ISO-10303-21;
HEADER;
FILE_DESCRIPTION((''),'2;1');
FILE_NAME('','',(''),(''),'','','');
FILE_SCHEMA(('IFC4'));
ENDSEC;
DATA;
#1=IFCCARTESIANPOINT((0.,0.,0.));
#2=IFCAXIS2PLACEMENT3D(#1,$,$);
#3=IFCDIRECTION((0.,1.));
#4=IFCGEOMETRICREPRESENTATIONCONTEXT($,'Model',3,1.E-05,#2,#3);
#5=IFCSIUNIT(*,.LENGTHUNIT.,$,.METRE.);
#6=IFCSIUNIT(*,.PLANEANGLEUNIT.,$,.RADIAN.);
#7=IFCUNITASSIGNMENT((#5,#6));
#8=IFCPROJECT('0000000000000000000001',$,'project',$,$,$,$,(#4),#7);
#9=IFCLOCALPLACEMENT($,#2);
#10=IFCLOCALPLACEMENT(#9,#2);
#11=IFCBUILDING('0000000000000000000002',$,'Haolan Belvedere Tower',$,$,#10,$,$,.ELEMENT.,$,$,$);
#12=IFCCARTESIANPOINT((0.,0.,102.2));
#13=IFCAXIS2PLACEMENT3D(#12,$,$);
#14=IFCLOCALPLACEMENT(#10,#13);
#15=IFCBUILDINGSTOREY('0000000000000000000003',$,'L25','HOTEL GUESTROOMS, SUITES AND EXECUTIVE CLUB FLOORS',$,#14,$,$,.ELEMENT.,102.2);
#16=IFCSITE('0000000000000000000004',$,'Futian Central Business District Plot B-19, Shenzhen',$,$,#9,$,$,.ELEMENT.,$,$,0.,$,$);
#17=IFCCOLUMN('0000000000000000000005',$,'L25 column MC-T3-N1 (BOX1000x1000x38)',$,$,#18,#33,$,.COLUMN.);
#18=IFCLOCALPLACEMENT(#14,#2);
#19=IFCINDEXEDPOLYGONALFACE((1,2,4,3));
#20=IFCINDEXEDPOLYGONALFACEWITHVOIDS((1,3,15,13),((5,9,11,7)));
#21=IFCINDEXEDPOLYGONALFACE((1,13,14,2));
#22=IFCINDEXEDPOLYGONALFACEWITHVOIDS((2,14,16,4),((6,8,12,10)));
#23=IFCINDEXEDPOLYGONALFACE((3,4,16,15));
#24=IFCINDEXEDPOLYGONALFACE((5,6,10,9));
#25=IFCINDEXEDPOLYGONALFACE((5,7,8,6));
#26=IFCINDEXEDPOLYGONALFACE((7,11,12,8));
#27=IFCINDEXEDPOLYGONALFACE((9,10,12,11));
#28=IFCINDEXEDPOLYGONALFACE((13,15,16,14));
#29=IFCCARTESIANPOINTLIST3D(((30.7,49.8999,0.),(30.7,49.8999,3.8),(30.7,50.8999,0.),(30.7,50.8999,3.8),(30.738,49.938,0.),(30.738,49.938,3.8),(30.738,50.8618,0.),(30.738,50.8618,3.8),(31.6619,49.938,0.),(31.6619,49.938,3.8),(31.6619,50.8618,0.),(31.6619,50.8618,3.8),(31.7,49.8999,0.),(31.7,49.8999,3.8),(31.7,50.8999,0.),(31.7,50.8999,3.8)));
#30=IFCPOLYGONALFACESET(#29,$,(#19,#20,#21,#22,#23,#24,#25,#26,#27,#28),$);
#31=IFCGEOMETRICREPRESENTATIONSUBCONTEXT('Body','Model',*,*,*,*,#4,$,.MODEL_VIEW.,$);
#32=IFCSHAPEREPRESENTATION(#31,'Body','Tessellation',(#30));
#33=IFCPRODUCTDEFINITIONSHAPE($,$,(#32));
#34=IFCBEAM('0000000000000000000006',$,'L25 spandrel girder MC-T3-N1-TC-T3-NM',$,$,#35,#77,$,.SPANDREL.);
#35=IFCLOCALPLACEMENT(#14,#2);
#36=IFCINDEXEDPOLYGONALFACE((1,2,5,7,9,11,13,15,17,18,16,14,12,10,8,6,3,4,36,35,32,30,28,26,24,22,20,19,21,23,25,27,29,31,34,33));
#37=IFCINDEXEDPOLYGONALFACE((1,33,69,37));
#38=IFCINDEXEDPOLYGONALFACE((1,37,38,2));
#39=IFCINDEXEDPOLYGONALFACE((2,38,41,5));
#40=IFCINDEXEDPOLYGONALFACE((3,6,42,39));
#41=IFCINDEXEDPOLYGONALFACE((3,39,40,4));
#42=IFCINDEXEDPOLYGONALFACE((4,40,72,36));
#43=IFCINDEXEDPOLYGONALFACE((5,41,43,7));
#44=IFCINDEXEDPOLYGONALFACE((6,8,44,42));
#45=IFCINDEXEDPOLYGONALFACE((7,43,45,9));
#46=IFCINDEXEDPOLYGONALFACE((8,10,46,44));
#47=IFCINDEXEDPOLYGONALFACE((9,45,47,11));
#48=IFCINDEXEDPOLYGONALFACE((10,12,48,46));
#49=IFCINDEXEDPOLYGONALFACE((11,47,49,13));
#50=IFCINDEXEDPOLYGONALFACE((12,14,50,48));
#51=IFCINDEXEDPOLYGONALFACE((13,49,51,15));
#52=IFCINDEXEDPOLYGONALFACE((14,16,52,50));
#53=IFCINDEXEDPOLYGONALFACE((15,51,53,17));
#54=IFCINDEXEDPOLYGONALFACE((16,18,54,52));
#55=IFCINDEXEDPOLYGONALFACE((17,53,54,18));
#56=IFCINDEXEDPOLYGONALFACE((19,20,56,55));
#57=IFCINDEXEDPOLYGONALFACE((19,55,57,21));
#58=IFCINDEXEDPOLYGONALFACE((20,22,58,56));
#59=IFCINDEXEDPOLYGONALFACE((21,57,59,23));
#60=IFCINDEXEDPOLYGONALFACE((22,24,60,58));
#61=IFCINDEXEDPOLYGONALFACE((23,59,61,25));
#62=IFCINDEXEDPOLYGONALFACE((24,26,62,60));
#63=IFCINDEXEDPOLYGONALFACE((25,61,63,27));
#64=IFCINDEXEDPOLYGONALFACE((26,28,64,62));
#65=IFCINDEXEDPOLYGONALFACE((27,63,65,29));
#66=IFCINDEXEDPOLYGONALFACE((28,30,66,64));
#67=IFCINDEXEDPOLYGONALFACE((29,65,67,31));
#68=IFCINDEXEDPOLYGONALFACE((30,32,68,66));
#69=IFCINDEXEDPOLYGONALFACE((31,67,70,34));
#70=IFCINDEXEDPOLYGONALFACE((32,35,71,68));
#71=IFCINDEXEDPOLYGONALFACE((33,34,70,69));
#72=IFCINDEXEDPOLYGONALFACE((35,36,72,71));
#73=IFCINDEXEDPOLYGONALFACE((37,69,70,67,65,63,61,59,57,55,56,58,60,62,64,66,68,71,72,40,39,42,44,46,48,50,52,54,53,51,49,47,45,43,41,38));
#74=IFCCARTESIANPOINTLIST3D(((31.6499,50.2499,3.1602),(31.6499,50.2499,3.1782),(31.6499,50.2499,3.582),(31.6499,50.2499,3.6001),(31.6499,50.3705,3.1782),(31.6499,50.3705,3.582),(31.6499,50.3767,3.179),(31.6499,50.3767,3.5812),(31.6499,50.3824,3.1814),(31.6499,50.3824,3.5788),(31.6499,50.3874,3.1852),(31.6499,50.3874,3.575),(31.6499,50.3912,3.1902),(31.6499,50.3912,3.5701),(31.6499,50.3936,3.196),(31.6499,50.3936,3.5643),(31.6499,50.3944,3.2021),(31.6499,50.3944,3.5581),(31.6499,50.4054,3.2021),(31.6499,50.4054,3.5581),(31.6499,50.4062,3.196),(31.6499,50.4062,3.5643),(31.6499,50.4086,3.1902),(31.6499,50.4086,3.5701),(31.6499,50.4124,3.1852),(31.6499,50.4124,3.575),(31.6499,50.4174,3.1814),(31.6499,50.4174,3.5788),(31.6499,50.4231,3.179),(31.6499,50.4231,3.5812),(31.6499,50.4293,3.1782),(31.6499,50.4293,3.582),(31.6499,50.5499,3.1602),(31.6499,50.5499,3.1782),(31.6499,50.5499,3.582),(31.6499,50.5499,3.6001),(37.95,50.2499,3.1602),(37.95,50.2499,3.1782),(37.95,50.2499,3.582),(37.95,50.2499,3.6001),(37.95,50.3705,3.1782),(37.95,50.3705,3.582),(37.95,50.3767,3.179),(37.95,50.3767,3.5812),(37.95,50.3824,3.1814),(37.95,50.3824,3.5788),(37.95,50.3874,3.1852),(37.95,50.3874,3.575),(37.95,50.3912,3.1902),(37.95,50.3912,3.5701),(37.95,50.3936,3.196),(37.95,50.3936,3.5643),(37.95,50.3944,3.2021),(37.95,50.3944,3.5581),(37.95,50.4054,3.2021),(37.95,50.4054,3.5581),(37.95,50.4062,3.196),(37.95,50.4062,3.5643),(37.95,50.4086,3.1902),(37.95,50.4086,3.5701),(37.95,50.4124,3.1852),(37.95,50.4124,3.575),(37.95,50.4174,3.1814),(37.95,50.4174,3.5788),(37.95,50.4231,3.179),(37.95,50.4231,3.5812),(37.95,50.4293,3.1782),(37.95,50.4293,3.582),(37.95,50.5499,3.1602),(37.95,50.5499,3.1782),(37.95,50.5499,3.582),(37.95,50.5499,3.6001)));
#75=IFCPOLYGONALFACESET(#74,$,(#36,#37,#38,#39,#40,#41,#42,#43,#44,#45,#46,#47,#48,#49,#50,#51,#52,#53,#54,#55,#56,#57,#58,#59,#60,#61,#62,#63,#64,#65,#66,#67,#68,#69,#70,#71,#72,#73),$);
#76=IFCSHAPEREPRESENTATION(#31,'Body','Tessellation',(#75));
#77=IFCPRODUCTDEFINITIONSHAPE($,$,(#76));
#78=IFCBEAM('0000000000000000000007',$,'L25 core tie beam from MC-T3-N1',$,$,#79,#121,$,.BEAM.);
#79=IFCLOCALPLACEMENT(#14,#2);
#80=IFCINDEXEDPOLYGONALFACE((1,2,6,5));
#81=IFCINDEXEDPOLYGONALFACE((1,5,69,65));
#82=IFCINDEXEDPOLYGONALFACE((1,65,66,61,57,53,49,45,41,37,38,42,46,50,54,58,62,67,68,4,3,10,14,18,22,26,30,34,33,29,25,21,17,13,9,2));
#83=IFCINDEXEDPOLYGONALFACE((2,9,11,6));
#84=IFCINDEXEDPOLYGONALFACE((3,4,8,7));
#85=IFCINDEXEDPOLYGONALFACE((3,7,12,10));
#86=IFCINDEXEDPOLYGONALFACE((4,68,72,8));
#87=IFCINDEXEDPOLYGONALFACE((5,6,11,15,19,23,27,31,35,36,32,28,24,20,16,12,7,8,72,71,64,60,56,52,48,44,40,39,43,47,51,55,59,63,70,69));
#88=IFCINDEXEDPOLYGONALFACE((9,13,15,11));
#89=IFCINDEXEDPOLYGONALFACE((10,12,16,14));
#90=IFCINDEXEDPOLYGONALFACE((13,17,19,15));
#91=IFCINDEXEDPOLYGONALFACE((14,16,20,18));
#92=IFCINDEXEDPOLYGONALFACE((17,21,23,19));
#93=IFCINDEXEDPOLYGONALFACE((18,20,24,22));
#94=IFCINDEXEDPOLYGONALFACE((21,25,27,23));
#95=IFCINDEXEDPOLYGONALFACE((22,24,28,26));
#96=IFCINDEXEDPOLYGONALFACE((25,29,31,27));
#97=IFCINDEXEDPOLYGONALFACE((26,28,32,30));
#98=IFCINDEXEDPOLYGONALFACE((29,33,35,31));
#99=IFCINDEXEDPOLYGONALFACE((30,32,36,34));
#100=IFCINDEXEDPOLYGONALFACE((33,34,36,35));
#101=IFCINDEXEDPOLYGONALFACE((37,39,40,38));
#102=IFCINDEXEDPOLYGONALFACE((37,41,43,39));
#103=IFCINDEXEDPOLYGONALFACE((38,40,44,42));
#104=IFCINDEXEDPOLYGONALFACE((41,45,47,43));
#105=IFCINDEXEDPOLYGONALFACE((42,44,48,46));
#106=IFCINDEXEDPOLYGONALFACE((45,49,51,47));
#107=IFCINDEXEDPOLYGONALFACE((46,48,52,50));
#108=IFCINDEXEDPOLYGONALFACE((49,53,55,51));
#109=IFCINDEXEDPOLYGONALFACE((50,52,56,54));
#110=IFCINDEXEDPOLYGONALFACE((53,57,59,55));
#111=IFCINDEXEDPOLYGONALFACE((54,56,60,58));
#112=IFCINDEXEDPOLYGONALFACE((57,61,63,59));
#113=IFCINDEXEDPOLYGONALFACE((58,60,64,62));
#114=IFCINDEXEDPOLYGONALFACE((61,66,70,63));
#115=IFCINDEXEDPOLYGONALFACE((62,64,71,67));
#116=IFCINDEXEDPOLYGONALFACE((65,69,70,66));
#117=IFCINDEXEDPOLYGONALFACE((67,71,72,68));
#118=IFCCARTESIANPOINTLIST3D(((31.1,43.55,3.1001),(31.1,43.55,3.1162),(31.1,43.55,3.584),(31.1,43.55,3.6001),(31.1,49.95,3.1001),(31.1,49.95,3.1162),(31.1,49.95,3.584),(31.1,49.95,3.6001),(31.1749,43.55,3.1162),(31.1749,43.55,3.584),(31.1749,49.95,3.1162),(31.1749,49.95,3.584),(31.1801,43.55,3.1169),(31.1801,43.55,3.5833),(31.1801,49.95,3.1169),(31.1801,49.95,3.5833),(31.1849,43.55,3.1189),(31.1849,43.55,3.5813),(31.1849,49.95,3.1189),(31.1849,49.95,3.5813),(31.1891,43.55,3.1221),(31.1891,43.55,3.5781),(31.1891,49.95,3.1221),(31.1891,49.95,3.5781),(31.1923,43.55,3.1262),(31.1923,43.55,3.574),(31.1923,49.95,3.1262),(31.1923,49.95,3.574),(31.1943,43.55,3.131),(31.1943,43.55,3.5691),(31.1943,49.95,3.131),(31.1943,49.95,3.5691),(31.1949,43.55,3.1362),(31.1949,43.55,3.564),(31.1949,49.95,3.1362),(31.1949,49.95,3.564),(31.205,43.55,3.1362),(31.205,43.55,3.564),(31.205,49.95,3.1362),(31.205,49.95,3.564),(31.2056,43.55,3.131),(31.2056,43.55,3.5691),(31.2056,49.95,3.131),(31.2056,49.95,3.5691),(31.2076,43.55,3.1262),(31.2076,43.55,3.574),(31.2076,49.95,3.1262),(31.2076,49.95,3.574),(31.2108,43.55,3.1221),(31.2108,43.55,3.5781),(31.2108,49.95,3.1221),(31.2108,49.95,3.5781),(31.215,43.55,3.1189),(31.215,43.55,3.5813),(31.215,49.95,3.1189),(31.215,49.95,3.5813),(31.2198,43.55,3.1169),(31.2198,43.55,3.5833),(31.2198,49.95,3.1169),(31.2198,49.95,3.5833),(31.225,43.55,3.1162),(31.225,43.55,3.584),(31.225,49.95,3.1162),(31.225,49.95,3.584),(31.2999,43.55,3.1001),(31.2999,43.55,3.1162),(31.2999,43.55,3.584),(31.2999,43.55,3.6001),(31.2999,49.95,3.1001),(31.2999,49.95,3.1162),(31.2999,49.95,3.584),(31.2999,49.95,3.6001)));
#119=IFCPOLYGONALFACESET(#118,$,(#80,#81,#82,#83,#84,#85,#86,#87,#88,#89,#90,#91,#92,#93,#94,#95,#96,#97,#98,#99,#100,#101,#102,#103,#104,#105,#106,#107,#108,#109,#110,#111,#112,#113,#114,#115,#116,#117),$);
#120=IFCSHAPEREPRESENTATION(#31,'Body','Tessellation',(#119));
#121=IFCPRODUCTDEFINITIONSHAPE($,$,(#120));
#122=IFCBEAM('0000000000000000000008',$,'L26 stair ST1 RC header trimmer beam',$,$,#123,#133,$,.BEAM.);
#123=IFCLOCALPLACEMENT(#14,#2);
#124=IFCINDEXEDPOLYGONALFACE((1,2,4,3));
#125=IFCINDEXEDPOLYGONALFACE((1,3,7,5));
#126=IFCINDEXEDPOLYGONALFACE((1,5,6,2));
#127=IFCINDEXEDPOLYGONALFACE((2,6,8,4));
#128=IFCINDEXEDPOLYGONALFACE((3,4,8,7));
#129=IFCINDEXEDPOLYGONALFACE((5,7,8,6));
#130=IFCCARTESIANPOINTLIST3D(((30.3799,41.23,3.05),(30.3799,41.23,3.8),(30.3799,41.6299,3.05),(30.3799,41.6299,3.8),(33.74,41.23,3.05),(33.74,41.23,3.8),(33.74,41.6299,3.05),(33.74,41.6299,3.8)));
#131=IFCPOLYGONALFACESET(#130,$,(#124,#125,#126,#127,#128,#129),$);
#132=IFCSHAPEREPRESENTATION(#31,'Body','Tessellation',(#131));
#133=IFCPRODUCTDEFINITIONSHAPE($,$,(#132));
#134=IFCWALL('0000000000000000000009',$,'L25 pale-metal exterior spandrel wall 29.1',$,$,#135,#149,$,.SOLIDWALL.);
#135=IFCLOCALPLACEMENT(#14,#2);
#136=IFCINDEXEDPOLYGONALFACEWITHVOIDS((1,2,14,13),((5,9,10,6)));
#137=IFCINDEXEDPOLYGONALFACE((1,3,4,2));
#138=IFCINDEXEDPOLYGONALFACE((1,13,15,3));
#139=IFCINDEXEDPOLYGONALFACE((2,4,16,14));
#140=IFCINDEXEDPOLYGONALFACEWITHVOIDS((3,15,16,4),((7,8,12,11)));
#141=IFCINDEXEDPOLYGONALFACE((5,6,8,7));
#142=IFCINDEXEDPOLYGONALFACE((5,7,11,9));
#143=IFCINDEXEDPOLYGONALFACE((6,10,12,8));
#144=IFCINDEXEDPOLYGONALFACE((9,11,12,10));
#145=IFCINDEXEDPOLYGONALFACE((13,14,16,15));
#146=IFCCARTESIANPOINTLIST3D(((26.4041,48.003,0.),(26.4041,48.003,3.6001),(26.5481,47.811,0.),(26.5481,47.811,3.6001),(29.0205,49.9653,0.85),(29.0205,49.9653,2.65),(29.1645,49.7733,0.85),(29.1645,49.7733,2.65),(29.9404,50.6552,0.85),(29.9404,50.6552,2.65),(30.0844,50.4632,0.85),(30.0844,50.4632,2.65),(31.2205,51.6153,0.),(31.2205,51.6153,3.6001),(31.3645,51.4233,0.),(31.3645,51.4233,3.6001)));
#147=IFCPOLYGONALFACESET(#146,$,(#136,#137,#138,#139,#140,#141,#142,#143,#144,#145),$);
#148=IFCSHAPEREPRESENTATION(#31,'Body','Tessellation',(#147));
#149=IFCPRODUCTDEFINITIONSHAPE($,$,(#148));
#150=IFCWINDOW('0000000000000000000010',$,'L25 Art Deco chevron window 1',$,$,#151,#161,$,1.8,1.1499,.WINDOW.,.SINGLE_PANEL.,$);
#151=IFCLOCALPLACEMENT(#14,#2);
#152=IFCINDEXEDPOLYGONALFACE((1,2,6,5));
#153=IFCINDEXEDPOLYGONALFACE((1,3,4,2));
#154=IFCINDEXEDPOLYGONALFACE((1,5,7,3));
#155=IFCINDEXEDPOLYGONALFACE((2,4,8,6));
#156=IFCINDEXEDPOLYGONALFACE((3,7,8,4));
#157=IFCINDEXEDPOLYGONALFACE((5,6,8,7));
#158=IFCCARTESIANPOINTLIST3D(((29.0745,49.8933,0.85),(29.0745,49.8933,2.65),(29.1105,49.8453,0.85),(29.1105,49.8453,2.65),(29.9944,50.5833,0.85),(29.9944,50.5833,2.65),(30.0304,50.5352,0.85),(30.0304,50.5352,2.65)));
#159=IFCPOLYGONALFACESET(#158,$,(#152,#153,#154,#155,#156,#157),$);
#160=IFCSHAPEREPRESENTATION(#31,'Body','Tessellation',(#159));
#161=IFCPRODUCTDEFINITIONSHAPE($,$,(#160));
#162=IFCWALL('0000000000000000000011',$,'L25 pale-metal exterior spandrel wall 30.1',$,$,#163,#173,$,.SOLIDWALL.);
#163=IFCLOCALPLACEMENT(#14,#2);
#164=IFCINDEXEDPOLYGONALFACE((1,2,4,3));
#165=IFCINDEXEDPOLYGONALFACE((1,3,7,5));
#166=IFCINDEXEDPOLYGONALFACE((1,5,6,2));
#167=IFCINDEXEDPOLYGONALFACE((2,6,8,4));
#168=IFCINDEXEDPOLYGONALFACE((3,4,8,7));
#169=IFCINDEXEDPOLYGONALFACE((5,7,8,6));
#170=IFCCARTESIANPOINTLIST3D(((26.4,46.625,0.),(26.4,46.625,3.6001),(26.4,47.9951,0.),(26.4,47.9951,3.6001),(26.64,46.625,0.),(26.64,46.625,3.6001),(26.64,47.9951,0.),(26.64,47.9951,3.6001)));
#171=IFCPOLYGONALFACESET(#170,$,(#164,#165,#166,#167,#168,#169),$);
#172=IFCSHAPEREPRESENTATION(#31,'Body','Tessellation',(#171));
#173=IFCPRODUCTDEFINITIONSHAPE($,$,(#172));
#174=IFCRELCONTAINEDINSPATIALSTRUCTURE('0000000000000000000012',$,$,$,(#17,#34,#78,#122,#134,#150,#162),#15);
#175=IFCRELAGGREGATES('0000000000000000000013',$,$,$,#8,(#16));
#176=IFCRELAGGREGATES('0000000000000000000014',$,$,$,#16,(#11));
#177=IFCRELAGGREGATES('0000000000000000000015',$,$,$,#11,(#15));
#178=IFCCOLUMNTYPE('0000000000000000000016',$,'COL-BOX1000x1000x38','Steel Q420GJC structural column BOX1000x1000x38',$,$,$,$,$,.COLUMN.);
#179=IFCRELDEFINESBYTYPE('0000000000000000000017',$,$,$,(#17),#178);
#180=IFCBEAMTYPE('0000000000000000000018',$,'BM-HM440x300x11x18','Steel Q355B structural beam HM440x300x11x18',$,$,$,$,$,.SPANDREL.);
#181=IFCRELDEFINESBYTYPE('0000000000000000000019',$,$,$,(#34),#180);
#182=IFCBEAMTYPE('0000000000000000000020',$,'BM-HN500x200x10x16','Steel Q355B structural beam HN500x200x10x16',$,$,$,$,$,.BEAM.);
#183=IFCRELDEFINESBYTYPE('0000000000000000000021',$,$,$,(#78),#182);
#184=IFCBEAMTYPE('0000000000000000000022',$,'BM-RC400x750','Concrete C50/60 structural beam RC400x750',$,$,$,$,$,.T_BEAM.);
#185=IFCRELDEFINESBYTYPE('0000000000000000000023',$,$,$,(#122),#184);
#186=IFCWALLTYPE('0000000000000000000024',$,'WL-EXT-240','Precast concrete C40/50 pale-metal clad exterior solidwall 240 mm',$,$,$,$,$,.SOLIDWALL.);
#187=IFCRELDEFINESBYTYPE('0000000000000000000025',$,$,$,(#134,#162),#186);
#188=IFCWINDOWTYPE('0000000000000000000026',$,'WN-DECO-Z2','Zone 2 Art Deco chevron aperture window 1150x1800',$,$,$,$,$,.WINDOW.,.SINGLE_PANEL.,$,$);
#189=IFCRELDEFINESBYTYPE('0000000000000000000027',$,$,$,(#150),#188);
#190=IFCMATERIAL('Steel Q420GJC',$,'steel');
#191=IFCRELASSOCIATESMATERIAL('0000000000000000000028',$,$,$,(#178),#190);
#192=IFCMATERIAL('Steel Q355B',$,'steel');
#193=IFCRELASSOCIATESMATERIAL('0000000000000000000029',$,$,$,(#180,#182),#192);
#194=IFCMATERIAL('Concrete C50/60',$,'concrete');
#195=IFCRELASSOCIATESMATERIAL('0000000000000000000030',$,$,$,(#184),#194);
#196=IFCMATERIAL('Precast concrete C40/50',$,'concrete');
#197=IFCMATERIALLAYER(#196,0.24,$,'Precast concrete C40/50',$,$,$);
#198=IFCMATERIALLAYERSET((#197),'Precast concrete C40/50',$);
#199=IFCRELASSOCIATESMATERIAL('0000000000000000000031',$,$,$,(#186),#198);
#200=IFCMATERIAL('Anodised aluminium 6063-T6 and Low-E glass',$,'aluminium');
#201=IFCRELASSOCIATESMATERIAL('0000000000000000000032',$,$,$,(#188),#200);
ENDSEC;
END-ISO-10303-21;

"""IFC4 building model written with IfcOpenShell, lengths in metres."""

from ifc_helpers import new_model, si_unit, direction, frame, frame_2d, origin, origin_2d, place, context, subcontext, project, spatial, rectangle, hollow_rectangle, i_section, extrude, material, layer, layer_set, material_profile, profile_set, type_object, element, fill, save


model = new_model("IFC4")

# Units and contexts
model_context = context("Model", 3, precision=1e-05, world=origin(), true_north=direction((0.0, 1.0)))
body_context = subcontext(model_context, "Body", "Model", "MODEL_VIEW")
ifc_project = project(units=[si_unit("LENGTHUNIT", "METRE"), si_unit("PLANEANGLEUNIT", "RADIAN")], contexts=[model_context])

# Site, building, storey
site_placement = place(None, origin())
site = spatial("IfcSite", under=ifc_project, at=site_placement, Name="Futian Central Business District Plot B-19, Shenzhen", CompositionType="ELEMENT", RefElevation=0.0)
building_placement = place(site_placement, origin())
building = spatial("IfcBuilding", under=site, at=building_placement, Name="Haolan Belvedere Tower", CompositionType="ELEMENT")
storey_placement = place(building_placement, frame((0.0, 0.0, 102.2)))
storey = spatial("IfcBuildingStorey", under=building, at=storey_placement, Name="L25", Description="HOTEL GUESTROOMS, SUITES AND EXECUTIVE CLUB FLOORS", CompositionType="ELEMENT", Elevation=102.2)

# Column
ifc_material_1 = material(Name="Steel Q420GJC", Category="steel")
ifc_material_profile_1 = material_profile(ifc_material_1, hollow_rectangle(XDim=1.0, YDim=1.0, WallThickness=0.0381, at=origin_2d()), Name="Steel Q420GJC")
ifc_profile_set_1 = profile_set([ifc_material_profile_1], Name="Steel Q420GJC")
column_type = type_object("IfcColumnType", Name="COL-BOX1000x1000x38", Description="Steel Q420GJC structural column BOX1000x1000x38", PredefinedType="COLUMN", material=ifc_profile_set_1)
column_placement = place(storey_placement, frame((31.2, 50.3999, 0.0), z_axis=(0.0, 0.0, 1.0), x_axis=(1.0, 0.0, 0.0)))
element("IfcColumn", 1, at=column_placement, inside=storey, type_object=column_type, Name="L25 column MC-T3-N1 (BOX1000x1000x38)", PredefinedType="COLUMN", context=body_context, shape_type="SweptSolid", body=[
    extrude(hollow_rectangle(XDim=1.0, YDim=1.0, WallThickness=0.0381, at=origin_2d()), origin(), (0.0, 0.0, 1.0), 3.8),
])

# Beams
ifc_material_2 = material(Name="Steel Q355B", Category="steel")
ifc_material_profile_2 = material_profile(ifc_material_2, i_section(OverallWidth=0.3, OverallDepth=0.4399, WebThickness=0.011, FlangeThickness=0.0181, FilletRadius=0.0239, at=origin_2d()), Name="Steel Q355B")
ifc_profile_set_2 = profile_set([ifc_material_profile_2], Name="Steel Q355B")
beam_type_1 = type_object("IfcBeamType", Name="BM-HM440x300x11x18", Description="Steel Q355B structural beam HM440x300x11x18", PredefinedType="SPANDREL", material=ifc_profile_set_2)
beam_1_placement = place(storey_placement, frame((31.6499, 50.3999, 3.3801), z_axis=(1.0, 0.0, 0.0), x_axis=(0.0, 1.0, 0.0)))
element("IfcBeam", 2, at=beam_1_placement, inside=storey, type_object=beam_type_1, Name="L25 spandrel girder MC-T3-N1-TC-T3-NM", PredefinedType="SPANDREL", context=body_context, shape_type="SweptSolid", body=[
    extrude(i_section(OverallWidth=0.3, OverallDepth=0.4399, WebThickness=0.011, FlangeThickness=0.0181, FilletRadius=0.0239, at=origin_2d()), origin(), (0.0, 0.0, 1.0), 6.3),
])
ifc_material_profile_3 = material_profile(ifc_material_2, i_section(OverallWidth=0.2, OverallDepth=0.5, WebThickness=0.01, FlangeThickness=0.0161, FilletRadius=0.02, at=origin_2d()), Name="Steel Q355B")
ifc_profile_set_3 = profile_set([ifc_material_profile_3], Name="Steel Q355B")
beam_type_2 = type_object("IfcBeamType", Name="BM-HN500x200x10x16", Description="Steel Q355B structural beam HN500x200x10x16", PredefinedType="BEAM", material=ifc_profile_set_3)
beam_2_placement = place(storey_placement, frame((31.2, 49.95, 3.3501), z_axis=(0.0, -1.0, 0.0), x_axis=(1.0, 0.0, 0.0)))
element("IfcBeam", 3, at=beam_2_placement, inside=storey, type_object=beam_type_2, Name="L25 core tie beam from MC-T3-N1", PredefinedType="BEAM", context=body_context, shape_type="SweptSolid", body=[
    extrude(i_section(OverallWidth=0.2, OverallDepth=0.5, WebThickness=0.01, FlangeThickness=0.0161, FilletRadius=0.02, at=origin_2d()), origin(), (0.0, 0.0, 1.0), 6.3999),
])
ifc_material_3 = material(Name="Concrete C50/60", Category="concrete")
ifc_material_profile_4 = material_profile(ifc_material_3, rectangle(XDim=0.3999, YDim=0.75, at=origin_2d()), Name="Concrete C50/60")
ifc_profile_set_4 = profile_set([ifc_material_profile_4], Name="Concrete C50/60")
beam_type_3 = type_object("IfcBeamType", Name="BM-RC400x750", Description="Concrete C50/60 structural beam RC400x750", PredefinedType="T_BEAM", material=ifc_profile_set_4)
beam_3_placement = place(storey_placement, frame((30.3799, 41.4299, 3.425), z_axis=(1.0, 0.0, 0.0), x_axis=(0.0, 1.0, 0.0)))
element("IfcBeam", 4, at=beam_3_placement, inside=storey, type_object=beam_type_3, Name="L26 stair ST1 RC header trimmer beam", PredefinedType="BEAM", context=body_context, shape_type="SweptSolid", body=[
    extrude(rectangle(XDim=0.3999, YDim=0.75, at=origin_2d()), origin(), (0.0, 0.0, 1.0), 3.3601),
])

# Wall, opening, window
ifc_material_4 = material(Name="Precast concrete C40/50", Category="concrete")
ifc_layer_1 = layer(ifc_material_4, 0.24, Name="Precast concrete C40/50")
ifc_layer_set_1 = layer_set([ifc_layer_1], Name="Precast concrete C40/50")
wall_type_1 = type_object("IfcWallType", Name="WL-EXT-240", Description="Precast concrete C40/50 pale-metal clad exterior solidwall 240 mm", PredefinedType="SOLIDWALL", material=ifc_layer_set_1)
wall_1_placement = place(storey_placement, frame((31.2925, 51.5193, 0.0), z_axis=(0.0, 0.0, 1.0), x_axis=(-0.8, -0.6, 0.0)))
wall_1 = element("IfcWall", 5, at=wall_1_placement, inside=storey, type_object=wall_type_1, Name="L25 pale-metal exterior spandrel wall 29.1", PredefinedType="SOLIDWALL", context=body_context, shape_type="SweptSolid", body=[
    extrude(rectangle(XDim=6.0205, YDim=0.24, at=frame_2d((3.0103, 0.0))), origin(), (0.0, 0.0, 1.0), 3.6001),
])
opening_1_placement = place(wall_1_placement, frame((1.6001, 0.0, 0.8501)))
opening_1 = element("IfcOpeningElement", 6, at=opening_1_placement, cuts=wall_1, PredefinedType="OPENING", context=body_context, shape_type="SweptSolid", body=[
    extrude(rectangle(XDim=1.1499, YDim=1.8, at=frame_2d((0.575, 0.8999))), frame((0.0, 0.1299, 0.0), z_axis=(0.0, -1.0, 0.0), x_axis=(1.0, 0.0, 0.0)), (0.0, 0.0, 1.0), 0.26),
])
ifc_material_5 = material(Name="Anodised aluminium 6063-T6 and Low-E glass", Category="aluminium")
window_type = type_object("IfcWindowType", Name="WN-DECO-Z2", Description="Zone 2 Art Deco chevron aperture window 1150x1800", PartitioningType="SINGLE_PANEL", PredefinedType="WINDOW", material=ifc_material_5)
window_placement = place(opening_1_placement, origin())
window = element("IfcWindow", 7, at=window_placement, inside=storey, type_object=window_type, Name="L25 Art Deco chevron window 1", OverallHeight=1.8, OverallWidth=1.1499, PartitioningType="SINGLE_PANEL", PredefinedType="WINDOW", context=body_context, shape_type="SweptSolid", body=[
    extrude(rectangle(XDim=1.1499, YDim=1.8, at=frame_2d((0.575, 0.8999))), frame((0.0, 0.03, 0.0), z_axis=(0.0, -1.0, 0.0), x_axis=(1.0, 0.0, 0.0)), (0.0, 0.0, 1.0), 0.0601),
])
fill(opening_1, window)

# Wall
wall_2_placement = place(storey_placement, frame((26.52, 47.9951, 0.0), z_axis=(0.0, 0.0, 1.0), x_axis=(0.0, -1.0, 0.0)))
element("IfcWall", 8, at=wall_2_placement, inside=storey, type_object=wall_type_1, Name="L25 pale-metal exterior spandrel wall 30.1", PredefinedType="SOLIDWALL", context=body_context, shape_type="SweptSolid", body=[
    extrude(rectangle(XDim=1.3701, YDim=0.24, at=frame_2d((0.6851, 0.0))), origin(), (0.0, 0.0, 1.0), 3.6001),
])

save(model, "model.ifc")
